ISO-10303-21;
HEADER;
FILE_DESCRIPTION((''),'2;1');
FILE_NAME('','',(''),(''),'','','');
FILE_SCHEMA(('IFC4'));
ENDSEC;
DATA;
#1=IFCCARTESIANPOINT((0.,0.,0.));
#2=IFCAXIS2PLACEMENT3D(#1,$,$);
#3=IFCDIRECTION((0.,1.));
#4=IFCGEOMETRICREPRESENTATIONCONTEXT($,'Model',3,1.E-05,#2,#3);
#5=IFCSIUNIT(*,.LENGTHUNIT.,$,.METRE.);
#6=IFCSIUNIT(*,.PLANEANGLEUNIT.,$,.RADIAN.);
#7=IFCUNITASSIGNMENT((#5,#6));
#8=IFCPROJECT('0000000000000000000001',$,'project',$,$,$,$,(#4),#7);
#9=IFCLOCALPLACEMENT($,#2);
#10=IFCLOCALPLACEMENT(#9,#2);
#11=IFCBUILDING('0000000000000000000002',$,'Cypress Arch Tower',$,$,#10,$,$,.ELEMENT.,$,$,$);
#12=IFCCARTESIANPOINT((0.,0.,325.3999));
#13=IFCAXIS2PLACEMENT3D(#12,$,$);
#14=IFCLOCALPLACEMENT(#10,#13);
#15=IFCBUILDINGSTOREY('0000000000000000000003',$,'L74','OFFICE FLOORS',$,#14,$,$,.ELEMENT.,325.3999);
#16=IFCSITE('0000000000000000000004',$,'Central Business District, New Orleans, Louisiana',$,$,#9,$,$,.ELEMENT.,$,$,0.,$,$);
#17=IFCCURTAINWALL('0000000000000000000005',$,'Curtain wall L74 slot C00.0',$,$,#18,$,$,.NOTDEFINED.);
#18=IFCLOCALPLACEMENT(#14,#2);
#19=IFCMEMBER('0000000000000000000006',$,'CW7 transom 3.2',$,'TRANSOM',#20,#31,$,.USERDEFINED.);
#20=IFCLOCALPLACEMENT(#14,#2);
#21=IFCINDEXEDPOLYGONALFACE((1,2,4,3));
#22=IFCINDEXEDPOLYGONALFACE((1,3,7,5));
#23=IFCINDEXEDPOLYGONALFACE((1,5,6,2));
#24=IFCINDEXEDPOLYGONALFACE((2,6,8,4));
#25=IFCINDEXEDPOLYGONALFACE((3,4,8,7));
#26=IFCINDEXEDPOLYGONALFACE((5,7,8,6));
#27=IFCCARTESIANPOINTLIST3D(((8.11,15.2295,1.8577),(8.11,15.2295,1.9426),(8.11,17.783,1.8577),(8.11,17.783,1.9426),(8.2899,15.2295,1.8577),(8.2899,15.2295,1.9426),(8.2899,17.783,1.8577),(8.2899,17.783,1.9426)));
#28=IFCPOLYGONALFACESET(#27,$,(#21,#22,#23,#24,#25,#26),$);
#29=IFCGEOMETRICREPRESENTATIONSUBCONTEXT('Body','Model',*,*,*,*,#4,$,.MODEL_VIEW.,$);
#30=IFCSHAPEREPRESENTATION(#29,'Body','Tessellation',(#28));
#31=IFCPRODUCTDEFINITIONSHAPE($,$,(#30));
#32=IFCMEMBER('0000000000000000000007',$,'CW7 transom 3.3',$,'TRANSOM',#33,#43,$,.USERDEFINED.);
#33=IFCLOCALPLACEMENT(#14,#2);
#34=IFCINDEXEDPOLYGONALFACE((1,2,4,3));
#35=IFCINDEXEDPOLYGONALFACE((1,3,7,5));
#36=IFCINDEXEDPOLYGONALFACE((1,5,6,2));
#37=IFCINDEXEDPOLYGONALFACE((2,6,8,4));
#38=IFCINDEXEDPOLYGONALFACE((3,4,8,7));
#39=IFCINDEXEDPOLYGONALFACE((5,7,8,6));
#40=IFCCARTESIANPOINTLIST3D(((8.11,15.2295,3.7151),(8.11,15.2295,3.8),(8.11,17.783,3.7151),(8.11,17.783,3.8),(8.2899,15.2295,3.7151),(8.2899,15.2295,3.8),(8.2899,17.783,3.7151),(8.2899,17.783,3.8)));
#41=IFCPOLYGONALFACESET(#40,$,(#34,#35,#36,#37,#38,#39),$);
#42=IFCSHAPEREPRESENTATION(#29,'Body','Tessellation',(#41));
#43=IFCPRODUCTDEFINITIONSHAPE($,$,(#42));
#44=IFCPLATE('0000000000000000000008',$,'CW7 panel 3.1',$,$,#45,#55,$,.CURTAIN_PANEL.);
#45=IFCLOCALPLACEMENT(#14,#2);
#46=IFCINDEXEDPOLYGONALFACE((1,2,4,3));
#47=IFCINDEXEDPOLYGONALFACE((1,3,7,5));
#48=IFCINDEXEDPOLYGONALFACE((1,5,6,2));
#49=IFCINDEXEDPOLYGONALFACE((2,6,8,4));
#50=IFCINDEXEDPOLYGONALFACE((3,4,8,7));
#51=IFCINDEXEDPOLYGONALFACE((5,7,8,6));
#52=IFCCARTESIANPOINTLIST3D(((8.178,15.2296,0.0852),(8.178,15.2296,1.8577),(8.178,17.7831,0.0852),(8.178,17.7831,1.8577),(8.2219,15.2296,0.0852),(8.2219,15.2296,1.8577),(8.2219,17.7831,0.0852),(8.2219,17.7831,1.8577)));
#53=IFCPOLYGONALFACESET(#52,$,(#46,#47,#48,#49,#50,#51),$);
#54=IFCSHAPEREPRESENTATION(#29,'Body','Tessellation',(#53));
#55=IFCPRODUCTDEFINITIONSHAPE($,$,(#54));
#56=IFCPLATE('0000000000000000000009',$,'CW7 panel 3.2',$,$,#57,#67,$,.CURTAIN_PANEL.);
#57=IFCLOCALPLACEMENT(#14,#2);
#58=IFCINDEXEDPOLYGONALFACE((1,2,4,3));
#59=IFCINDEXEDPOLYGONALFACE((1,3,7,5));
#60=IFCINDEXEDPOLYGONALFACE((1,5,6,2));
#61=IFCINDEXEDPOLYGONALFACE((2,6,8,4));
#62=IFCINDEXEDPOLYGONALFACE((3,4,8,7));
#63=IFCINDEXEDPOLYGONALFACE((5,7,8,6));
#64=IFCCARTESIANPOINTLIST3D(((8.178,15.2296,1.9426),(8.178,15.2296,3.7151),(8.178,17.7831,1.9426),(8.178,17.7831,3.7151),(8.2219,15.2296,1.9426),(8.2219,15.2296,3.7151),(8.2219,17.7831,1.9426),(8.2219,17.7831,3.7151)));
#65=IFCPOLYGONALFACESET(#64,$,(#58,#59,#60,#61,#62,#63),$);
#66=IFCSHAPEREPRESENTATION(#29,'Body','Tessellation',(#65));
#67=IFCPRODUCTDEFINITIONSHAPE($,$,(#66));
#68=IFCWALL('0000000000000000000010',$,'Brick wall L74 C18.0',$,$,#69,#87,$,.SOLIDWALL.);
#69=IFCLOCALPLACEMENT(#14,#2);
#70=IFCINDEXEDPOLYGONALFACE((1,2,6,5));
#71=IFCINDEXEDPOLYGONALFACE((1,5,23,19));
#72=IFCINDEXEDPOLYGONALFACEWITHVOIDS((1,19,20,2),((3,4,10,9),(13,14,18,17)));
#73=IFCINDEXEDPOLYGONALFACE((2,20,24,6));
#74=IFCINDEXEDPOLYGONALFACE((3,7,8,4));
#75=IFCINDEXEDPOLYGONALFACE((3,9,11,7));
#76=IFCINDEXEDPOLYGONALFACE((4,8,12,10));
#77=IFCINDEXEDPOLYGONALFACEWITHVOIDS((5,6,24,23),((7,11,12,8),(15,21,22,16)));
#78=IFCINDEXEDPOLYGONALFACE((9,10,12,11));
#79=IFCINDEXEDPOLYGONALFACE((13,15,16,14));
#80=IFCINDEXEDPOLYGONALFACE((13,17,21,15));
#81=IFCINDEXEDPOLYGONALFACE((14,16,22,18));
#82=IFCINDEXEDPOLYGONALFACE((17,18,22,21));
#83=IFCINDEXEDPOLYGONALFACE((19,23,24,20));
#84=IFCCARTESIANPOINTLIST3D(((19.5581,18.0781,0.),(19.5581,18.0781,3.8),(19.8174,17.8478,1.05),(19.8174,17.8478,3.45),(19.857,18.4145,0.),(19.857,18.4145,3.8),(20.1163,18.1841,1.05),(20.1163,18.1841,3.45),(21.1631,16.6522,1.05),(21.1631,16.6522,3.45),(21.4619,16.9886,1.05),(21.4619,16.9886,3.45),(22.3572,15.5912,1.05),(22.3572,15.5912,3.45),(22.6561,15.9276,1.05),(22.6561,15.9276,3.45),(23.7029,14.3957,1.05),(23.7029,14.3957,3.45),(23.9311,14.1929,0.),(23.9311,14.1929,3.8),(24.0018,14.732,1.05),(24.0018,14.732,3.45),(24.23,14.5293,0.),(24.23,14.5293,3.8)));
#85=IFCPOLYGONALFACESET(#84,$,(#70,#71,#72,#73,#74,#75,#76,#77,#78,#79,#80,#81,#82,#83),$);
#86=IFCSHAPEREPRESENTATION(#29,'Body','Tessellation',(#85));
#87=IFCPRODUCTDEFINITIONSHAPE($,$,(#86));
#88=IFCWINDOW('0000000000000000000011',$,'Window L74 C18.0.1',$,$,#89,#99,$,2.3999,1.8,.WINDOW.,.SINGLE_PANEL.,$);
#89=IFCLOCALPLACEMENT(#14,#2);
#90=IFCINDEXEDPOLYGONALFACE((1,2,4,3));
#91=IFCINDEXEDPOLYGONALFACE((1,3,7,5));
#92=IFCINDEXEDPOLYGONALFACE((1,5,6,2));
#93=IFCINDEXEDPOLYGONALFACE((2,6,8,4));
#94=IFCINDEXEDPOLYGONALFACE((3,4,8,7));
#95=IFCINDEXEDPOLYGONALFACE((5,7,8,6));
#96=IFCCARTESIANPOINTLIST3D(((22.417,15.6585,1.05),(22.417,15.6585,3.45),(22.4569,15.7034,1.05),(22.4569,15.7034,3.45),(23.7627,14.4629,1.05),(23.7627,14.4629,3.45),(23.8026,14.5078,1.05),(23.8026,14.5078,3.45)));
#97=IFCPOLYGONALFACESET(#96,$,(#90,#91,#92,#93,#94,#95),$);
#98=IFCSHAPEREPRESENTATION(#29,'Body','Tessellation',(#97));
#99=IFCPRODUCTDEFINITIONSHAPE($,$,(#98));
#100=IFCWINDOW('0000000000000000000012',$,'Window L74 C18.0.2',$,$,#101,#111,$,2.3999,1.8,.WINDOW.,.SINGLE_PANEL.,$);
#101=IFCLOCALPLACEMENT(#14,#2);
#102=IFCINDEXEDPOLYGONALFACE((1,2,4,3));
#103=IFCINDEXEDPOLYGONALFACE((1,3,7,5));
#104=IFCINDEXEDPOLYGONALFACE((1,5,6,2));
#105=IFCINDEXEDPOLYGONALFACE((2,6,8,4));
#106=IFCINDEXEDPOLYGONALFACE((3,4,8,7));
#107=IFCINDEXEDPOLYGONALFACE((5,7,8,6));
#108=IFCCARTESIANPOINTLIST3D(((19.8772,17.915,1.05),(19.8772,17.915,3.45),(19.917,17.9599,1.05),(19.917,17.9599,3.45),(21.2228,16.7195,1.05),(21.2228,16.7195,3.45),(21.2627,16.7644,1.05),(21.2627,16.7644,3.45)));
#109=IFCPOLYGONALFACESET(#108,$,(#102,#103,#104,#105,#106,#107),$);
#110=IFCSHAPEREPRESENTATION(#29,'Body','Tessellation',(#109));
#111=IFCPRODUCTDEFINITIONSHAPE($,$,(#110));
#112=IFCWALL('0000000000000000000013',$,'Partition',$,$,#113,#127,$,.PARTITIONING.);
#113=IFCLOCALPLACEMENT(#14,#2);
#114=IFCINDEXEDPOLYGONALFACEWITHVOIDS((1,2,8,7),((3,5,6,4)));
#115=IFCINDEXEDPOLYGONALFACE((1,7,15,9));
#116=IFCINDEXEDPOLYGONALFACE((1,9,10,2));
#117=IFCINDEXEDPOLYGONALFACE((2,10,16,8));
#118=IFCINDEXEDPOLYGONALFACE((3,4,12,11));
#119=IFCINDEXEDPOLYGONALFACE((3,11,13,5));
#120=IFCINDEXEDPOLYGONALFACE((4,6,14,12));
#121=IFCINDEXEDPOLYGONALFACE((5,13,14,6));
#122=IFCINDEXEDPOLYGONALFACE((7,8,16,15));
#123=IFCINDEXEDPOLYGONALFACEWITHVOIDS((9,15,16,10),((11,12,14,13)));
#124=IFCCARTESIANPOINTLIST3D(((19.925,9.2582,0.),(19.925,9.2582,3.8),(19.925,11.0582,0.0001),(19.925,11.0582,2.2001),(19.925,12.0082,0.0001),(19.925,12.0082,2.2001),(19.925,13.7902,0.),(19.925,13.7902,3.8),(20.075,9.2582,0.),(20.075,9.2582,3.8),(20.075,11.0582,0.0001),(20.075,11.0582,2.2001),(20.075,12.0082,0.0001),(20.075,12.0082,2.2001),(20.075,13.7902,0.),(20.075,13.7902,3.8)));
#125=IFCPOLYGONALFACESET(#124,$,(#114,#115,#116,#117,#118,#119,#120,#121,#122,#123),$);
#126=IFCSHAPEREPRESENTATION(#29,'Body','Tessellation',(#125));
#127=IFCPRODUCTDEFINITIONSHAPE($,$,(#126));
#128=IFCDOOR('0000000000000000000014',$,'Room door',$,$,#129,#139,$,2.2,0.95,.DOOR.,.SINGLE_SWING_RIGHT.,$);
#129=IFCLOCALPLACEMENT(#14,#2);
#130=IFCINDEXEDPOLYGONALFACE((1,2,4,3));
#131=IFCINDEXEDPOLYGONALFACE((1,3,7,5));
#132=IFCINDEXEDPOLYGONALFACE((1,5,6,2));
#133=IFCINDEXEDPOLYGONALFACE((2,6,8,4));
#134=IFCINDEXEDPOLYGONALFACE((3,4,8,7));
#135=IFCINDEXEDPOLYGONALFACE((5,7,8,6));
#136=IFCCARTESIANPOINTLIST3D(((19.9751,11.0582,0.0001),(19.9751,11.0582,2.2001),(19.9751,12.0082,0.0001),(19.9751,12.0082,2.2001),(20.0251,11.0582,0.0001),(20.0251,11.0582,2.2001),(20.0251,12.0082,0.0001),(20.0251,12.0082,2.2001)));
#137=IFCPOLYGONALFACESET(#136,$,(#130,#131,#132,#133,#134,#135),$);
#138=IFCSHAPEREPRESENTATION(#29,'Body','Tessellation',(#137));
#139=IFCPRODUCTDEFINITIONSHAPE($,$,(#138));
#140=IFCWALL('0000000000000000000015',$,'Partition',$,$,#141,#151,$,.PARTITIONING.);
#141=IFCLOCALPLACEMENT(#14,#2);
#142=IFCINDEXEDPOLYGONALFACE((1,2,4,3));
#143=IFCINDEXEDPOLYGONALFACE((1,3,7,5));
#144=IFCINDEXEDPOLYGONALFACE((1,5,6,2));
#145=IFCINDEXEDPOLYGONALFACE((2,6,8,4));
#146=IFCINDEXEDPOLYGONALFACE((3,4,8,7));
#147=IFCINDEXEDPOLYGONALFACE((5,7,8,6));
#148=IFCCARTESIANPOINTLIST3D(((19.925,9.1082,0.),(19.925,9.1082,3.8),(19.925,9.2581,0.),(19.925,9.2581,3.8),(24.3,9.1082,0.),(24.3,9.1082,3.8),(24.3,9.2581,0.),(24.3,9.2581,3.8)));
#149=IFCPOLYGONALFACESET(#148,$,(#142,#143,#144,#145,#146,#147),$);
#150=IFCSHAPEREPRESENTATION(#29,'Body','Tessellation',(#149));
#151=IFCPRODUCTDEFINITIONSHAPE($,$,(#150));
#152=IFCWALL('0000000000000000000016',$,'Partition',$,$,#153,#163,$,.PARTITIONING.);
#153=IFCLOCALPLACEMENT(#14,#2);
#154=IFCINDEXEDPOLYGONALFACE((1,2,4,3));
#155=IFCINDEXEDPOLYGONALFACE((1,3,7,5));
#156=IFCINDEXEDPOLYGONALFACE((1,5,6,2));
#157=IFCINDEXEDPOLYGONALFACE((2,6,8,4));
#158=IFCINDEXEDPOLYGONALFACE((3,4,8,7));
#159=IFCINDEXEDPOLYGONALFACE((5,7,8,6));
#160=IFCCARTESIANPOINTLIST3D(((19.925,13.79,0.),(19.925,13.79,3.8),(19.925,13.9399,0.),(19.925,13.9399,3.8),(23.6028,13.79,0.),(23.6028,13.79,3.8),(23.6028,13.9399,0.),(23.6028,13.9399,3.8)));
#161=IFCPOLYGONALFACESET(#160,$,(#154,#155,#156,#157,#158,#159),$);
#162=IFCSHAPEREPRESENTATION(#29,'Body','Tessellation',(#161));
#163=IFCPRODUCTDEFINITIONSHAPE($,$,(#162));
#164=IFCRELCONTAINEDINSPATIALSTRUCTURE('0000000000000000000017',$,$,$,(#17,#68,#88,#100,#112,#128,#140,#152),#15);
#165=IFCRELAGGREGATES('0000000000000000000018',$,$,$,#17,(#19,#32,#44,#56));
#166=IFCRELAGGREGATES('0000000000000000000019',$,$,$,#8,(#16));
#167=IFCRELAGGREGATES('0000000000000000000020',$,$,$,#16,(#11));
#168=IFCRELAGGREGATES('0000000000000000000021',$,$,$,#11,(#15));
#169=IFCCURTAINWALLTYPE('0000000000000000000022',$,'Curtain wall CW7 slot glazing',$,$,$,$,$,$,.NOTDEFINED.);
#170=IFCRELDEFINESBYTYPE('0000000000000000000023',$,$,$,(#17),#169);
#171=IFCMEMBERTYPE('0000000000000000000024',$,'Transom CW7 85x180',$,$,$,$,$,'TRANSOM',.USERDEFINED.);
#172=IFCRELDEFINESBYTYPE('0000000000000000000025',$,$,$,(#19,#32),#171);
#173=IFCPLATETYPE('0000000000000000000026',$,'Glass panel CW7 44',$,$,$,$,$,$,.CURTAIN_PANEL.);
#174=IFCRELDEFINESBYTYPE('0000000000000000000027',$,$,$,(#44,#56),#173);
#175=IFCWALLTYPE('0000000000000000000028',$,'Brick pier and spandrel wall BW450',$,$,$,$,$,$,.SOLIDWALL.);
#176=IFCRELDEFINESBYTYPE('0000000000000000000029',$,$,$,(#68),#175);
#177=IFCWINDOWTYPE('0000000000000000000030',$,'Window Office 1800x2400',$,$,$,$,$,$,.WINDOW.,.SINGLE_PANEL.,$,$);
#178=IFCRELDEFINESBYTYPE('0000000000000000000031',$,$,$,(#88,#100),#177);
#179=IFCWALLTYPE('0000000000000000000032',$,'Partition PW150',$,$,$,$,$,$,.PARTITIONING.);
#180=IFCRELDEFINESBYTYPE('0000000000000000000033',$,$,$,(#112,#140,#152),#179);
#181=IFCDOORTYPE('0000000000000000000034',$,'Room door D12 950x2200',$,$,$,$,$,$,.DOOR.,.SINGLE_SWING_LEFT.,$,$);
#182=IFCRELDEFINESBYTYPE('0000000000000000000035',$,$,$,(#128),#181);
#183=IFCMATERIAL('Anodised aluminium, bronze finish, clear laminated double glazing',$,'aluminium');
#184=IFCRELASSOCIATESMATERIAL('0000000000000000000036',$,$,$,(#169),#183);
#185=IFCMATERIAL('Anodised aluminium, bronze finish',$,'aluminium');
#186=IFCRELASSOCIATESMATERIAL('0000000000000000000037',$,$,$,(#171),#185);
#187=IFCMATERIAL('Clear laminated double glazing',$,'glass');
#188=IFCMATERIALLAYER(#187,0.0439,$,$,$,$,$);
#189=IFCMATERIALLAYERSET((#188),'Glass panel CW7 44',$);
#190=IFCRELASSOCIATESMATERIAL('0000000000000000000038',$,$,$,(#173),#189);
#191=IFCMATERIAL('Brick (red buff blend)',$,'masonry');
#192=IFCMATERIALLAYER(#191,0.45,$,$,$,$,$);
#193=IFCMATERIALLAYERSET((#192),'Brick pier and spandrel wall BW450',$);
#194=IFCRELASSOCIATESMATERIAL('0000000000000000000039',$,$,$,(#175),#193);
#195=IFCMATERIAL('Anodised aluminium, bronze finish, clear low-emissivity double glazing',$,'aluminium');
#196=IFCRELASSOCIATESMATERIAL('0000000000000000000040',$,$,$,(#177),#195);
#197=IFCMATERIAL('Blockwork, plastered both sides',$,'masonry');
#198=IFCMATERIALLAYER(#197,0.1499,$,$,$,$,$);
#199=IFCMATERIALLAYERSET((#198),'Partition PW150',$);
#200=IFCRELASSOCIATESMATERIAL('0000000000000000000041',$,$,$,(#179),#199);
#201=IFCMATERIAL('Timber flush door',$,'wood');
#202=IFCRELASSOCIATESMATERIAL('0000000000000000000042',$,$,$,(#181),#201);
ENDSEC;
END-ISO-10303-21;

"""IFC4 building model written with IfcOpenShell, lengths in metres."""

from ifc_helpers import new_model, si_unit, direction, frame, frame_2d, origin, origin_2d, place, context, subcontext, project, spatial, rectangle, extrude, material, layer, layer_set, material_profile, profile_set, type_object, element, fill, aggregate, save


model = new_model("IFC4")

# Units and contexts
model_context = context("Model", 3, precision=1e-05, world=origin(), true_north=direction((0.0, 1.0)))
body_context = subcontext(model_context, "Body", "Model", "MODEL_VIEW")
ifc_project = project(units=[si_unit("LENGTHUNIT", "METRE"), si_unit("PLANEANGLEUNIT", "RADIAN")], contexts=[model_context])

# Site, building, storey
site_placement = place(None, origin())
site = spatial("IfcSite", under=ifc_project, at=site_placement, Name="Central Business District, New Orleans, Louisiana", CompositionType="ELEMENT", RefElevation=0.0)
building_placement = place(site_placement, origin())
building = spatial("IfcBuilding", under=site, at=building_placement, Name="Cypress Arch Tower", CompositionType="ELEMENT")
storey_placement = place(building_placement, frame((0.0, 0.0, 325.3999)))
storey = spatial("IfcBuildingStorey", under=building, at=storey_placement, Name="L74", Description="OFFICE FLOORS", CompositionType="ELEMENT", Elevation=325.3999)

# Curtain wall
ifc_material_1 = material(Name="Anodised aluminium, bronze finish, clear laminated double glazing", Category="aluminium")
curtain_wall_type = type_object("IfcCurtainWallType", Name="Curtain wall CW7 slot glazing", PredefinedType="NOTDEFINED", material=ifc_material_1)
curtain_wall_placement = place(storey_placement, origin())
curtain_wall = element("IfcCurtainWall", 1, at=curtain_wall_placement, inside=storey, type_object=curtain_wall_type, Name="Curtain wall L74 slot C00.0", PredefinedType="NOTDEFINED")

# Members
ifc_material_2 = material(Name="Anodised aluminium, bronze finish", Category="aluminium")
ifc_material_profile_1 = material_profile(ifc_material_2, rectangle(XDim=0.1799, YDim=0.085, at=origin_2d()), Name="Transom 85x180")
ifc_profile_set_1 = profile_set([ifc_material_profile_1], Name="Anodised aluminium, bronze finish")
member_type_1 = type_object("IfcMemberType", Name="Transom CW7 85x180", ElementType="TRANSOM", PredefinedType="USERDEFINED", material=ifc_profile_set_1)
member_1_placement = place(storey_placement, frame((8.2, 17.783, 1.9001), z_axis=(0.0, -1.0, 0.0), x_axis=(1.0, 0.0, 0.0)))
member_1 = element("IfcMember", 2, at=member_1_placement, type_object=member_type_1, Name="CW7 transom 3.2", ObjectType="TRANSOM", PredefinedType="USERDEFINED", context=body_context, shape_type="SweptSolid", body=[
    extrude(rectangle(XDim=0.1799, YDim=0.085, at=origin_2d()), origin(), (0.0, 0.0, 1.0), 2.5535),
])
member_2_placement = place(storey_placement, frame((8.2, 17.783, 3.7576), z_axis=(0.0, -1.0, 0.0), x_axis=(1.0, 0.0, 0.0)))
member_2 = element("IfcMember", 3, at=member_2_placement, type_object=member_type_1, Name="CW7 transom 3.3", ObjectType="TRANSOM", PredefinedType="USERDEFINED", context=body_context, shape_type="SweptSolid", body=[
    extrude(rectangle(XDim=0.1799, YDim=0.085, at=origin_2d()), origin(), (0.0, 0.0, 1.0), 2.5535),
])

# Plates
ifc_material_3 = material(Name="Clear laminated double glazing", Category="glass")
ifc_layer_1 = layer(ifc_material_3, 0.0439)
ifc_layer_set_1 = layer_set([ifc_layer_1], Name="Glass panel CW7 44")
plate_type = type_object("IfcPlateType", Name="Glass panel CW7 44", PredefinedType="CURTAIN_PANEL", material=ifc_layer_set_1)
plate_1_placement = place(storey_placement, frame((8.2, 16.5063, 0.0852), z_axis=(0.0, 0.0, 1.0), x_axis=(0.0, -1.0, 0.0)))
plate_1 = element("IfcPlate", 4, at=plate_1_placement, type_object=plate_type, Name="CW7 panel 3.1", PredefinedType="CURTAIN_PANEL", context=body_context, shape_type="SweptSolid", body=[
    extrude(rectangle(XDim=2.5535, YDim=0.0439, at=origin_2d()), origin(), (0.0, 0.0, 1.0), 1.7725),
])
plate_2_placement = place(storey_placement, frame((8.2, 16.5063, 1.9426), z_axis=(0.0, 0.0, 1.0), x_axis=(0.0, -1.0, 0.0)))
plate_2 = element("IfcPlate", 5, at=plate_2_placement, type_object=plate_type, Name="CW7 panel 3.2", PredefinedType="CURTAIN_PANEL", context=body_context, shape_type="SweptSolid", body=[
    extrude(rectangle(XDim=2.5535, YDim=0.0439, at=origin_2d()), origin(), (0.0, 0.0, 1.0), 1.7725),
])
aggregate(curtain_wall, [member_1, member_2, plate_1, plate_2])

# Shared definitions
ifc_material_4 = material(Name="Brick (red buff blend)", Category="masonry")
ifc_layer_2 = layer(ifc_material_4, 0.45)
ifc_layer_set_2 = layer_set([ifc_layer_2], Name="Brick pier and spandrel wall BW450")
wall_type_1 = type_object("IfcWallType", Name="Brick pier and spandrel wall BW450", PredefinedType="SOLIDWALL", material=ifc_layer_set_2)

# Wall, openings, windows
wall_1_placement = place(storey_placement, frame((24.0806, 14.3611, 0.0), z_axis=(0.0, 0.0, 1.0), x_axis=(-0.74757, 0.664182, 0.0)))
wall_1 = element("IfcWall", 6, at=wall_1_placement, inside=storey, type_object=wall_type_1, Name="Brick wall L74 C18.0", PredefinedType="SOLIDWALL", context=body_context, shape_type="SweptSolid", body=[
    extrude(rectangle(XDim=5.8496, YDim=0.45, at=frame_2d((2.9248, 0.0))), origin(), (0.0, 0.0, 1.0), 3.8),
])
opening_1_placement = place(wall_1_placement, frame((0.3054, 0.0, 1.05)))
opening_1 = element("IfcOpeningElement", 7, at=opening_1_placement, cuts=wall_1, PredefinedType="OPENING", context=body_context, shape_type="SweptSolid", body=[
    extrude(rectangle(XDim=1.8, YDim=2.3999, at=frame_2d((0.8999, 1.2))), frame((0.0, 0.2349, 0.0), z_axis=(0.0, -1.0, 0.0), x_axis=(1.0, 0.0, 0.0)), (0.0, 0.0, 1.0), 0.47),
])
opening_2_placement = place(wall_1_placement, frame((3.7029, 0.0, 1.05)))
opening_2 = element("IfcOpeningElement", 8, at=opening_2_placement, cuts=wall_1, PredefinedType="OPENING", context=body_context, shape_type="SweptSolid", body=[
    extrude(rectangle(XDim=1.8, YDim=2.3999, at=frame_2d((0.8999, 1.2))), frame((0.0, 0.2349, 0.0), z_axis=(0.0, -1.0, 0.0), x_axis=(1.0, 0.0, 0.0)), (0.0, 0.0, 1.0), 0.47),
])
ifc_material_5 = material(Name="Anodised aluminium, bronze finish, clear low-emissivity double glazing", Category="aluminium")
window_type_1 = type_object("IfcWindowType", Name="Window Office 1800x2400", PartitioningType="SINGLE_PANEL", PredefinedType="WINDOW", material=ifc_material_5)
window_1_placement = place(opening_1_placement, origin())
window_1 = element("IfcWindow", 9, at=window_1_placement, inside=storey, type_object=window_type_1, Name="Window L74 C18.0.1", OverallHeight=2.3999, OverallWidth=1.8, PartitioningType="SINGLE_PANEL", PredefinedType="WINDOW", context=body_context, shape_type="SweptSolid", body=[
    extrude(rectangle(XDim=1.8, YDim=2.3999, at=frame_2d((0.8999, 1.2))), frame((0.0, 0.135, 0.0), z_axis=(0.0, -1.0, 0.0), x_axis=(1.0, 0.0, 0.0)), (0.0, 0.0, 1.0), 0.0601),
])
fill(opening_1, window_1)
window_2_placement = place(opening_2_placement, origin())
window_2 = element("IfcWindow", 10, at=window_2_placement, inside=storey, type_object=window_type_1, Name="Window L74 C18.0.2", OverallHeight=2.3999, OverallWidth=1.8, PartitioningType="SINGLE_PANEL", PredefinedType="WINDOW", context=body_context, shape_type="SweptSolid", body=[
    extrude(rectangle(XDim=1.8, YDim=2.3999, at=frame_2d((0.8999, 1.2))), frame((0.0, 0.135, 0.0), z_axis=(0.0, -1.0, 0.0), x_axis=(1.0, 0.0, 0.0)), (0.0, 0.0, 1.0), 0.0601),
])
fill(opening_2, window_2)

# Wall, opening, door
ifc_material_6 = material(Name="Blockwork, plastered both sides", Category="masonry")
ifc_layer_3 = layer(ifc_material_6, 0.1499)
ifc_layer_set_3 = layer_set([ifc_layer_3], Name="Partition PW150")
wall_type_2 = type_object("IfcWallType", Name="Partition PW150", PredefinedType="PARTITIONING", material=ifc_layer_set_3)
wall_2_placement = place(storey_placement, frame((20.0, 9.2581, 0.0), z_axis=(0.0, 0.0, 1.0), x_axis=(0.0, 1.0, 0.0)))
wall_2 = element("IfcWall", 11, at=wall_2_placement, inside=storey, type_object=wall_type_2, Name="Partition", PredefinedType="PARTITIONING", context=body_context, shape_type="SweptSolid", body=[
    extrude(rectangle(XDim=4.532, YDim=0.1499, at=frame_2d((2.2661, 0.0))), origin(), (0.0, 0.0, 1.0), 3.8),
])
opening_3_placement = place(wall_2_placement, frame((1.8, 0.0, 0.0)))
opening_3 = element("IfcOpeningElement", 12, at=opening_3_placement, cuts=wall_2, PredefinedType="OPENING", context=body_context, shape_type="SweptSolid", body=[
    extrude(rectangle(XDim=0.95, YDim=2.2, at=frame_2d((0.4751, 1.1001))), frame((0.0, 0.085, 0.0), z_axis=(0.0, -1.0, 0.0), x_axis=(1.0, 0.0, 0.0)), (0.0, 0.0, 1.0), 0.1699),
])
ifc_material_7 = material(Name="Timber flush door", Category="wood")
door_type_1 = type_object("IfcDoorType", Name="Room door D12 950x2200", OperationType="SINGLE_SWING_LEFT", PredefinedType="DOOR", material=ifc_material_7)
door_1_placement = place(opening_3_placement, origin())
door_1 = element("IfcDoor", 13, at=door_1_placement, inside=storey, type_object=door_type_1, Name="Room door", OperationType="SINGLE_SWING_RIGHT", OverallHeight=2.2, OverallWidth=0.95, PredefinedType="DOOR", context=body_context, shape_type="SweptSolid", body=[
    extrude(rectangle(XDim=0.95, YDim=2.2, at=frame_2d((0.4751, 1.1001))), frame((0.0, 0.0249, 0.0), z_axis=(0.0, -1.0, 0.0), x_axis=(1.0, 0.0, 0.0)), (0.0, 0.0, 1.0), 0.05),
])
fill(opening_3, door_1)

# Walls
wall_3_placement = place(storey_placement, frame((19.925, 9.1831, 0.0), z_axis=(0.0, 0.0, 1.0), x_axis=(1.0, 0.0, 0.0)))
element("IfcWall", 14, at=wall_3_placement, inside=storey, type_object=wall_type_2, Name="Partition", PredefinedType="PARTITIONING", context=body_context, shape_type="SweptSolid", body=[
    extrude(rectangle(XDim=4.375, YDim=0.1499, at=frame_2d((2.1875, 0.0))), origin(), (0.0, 0.0, 1.0), 3.8),
])
wall_4_placement = place(storey_placement, frame((19.925, 13.865, 0.0), z_axis=(0.0, 0.0, 1.0), x_axis=(1.0, 0.0, 0.0)))
element("IfcWall", 15, at=wall_4_placement, inside=storey, type_object=wall_type_2, Name="Partition", PredefinedType="PARTITIONING", context=body_context, shape_type="SweptSolid", body=[
    extrude(rectangle(XDim=3.6777, YDim=0.1499, at=frame_2d((1.8389, 0.0))), origin(), (0.0, 0.0, 1.0), 3.8),
])

save(model, "model.ifc")
